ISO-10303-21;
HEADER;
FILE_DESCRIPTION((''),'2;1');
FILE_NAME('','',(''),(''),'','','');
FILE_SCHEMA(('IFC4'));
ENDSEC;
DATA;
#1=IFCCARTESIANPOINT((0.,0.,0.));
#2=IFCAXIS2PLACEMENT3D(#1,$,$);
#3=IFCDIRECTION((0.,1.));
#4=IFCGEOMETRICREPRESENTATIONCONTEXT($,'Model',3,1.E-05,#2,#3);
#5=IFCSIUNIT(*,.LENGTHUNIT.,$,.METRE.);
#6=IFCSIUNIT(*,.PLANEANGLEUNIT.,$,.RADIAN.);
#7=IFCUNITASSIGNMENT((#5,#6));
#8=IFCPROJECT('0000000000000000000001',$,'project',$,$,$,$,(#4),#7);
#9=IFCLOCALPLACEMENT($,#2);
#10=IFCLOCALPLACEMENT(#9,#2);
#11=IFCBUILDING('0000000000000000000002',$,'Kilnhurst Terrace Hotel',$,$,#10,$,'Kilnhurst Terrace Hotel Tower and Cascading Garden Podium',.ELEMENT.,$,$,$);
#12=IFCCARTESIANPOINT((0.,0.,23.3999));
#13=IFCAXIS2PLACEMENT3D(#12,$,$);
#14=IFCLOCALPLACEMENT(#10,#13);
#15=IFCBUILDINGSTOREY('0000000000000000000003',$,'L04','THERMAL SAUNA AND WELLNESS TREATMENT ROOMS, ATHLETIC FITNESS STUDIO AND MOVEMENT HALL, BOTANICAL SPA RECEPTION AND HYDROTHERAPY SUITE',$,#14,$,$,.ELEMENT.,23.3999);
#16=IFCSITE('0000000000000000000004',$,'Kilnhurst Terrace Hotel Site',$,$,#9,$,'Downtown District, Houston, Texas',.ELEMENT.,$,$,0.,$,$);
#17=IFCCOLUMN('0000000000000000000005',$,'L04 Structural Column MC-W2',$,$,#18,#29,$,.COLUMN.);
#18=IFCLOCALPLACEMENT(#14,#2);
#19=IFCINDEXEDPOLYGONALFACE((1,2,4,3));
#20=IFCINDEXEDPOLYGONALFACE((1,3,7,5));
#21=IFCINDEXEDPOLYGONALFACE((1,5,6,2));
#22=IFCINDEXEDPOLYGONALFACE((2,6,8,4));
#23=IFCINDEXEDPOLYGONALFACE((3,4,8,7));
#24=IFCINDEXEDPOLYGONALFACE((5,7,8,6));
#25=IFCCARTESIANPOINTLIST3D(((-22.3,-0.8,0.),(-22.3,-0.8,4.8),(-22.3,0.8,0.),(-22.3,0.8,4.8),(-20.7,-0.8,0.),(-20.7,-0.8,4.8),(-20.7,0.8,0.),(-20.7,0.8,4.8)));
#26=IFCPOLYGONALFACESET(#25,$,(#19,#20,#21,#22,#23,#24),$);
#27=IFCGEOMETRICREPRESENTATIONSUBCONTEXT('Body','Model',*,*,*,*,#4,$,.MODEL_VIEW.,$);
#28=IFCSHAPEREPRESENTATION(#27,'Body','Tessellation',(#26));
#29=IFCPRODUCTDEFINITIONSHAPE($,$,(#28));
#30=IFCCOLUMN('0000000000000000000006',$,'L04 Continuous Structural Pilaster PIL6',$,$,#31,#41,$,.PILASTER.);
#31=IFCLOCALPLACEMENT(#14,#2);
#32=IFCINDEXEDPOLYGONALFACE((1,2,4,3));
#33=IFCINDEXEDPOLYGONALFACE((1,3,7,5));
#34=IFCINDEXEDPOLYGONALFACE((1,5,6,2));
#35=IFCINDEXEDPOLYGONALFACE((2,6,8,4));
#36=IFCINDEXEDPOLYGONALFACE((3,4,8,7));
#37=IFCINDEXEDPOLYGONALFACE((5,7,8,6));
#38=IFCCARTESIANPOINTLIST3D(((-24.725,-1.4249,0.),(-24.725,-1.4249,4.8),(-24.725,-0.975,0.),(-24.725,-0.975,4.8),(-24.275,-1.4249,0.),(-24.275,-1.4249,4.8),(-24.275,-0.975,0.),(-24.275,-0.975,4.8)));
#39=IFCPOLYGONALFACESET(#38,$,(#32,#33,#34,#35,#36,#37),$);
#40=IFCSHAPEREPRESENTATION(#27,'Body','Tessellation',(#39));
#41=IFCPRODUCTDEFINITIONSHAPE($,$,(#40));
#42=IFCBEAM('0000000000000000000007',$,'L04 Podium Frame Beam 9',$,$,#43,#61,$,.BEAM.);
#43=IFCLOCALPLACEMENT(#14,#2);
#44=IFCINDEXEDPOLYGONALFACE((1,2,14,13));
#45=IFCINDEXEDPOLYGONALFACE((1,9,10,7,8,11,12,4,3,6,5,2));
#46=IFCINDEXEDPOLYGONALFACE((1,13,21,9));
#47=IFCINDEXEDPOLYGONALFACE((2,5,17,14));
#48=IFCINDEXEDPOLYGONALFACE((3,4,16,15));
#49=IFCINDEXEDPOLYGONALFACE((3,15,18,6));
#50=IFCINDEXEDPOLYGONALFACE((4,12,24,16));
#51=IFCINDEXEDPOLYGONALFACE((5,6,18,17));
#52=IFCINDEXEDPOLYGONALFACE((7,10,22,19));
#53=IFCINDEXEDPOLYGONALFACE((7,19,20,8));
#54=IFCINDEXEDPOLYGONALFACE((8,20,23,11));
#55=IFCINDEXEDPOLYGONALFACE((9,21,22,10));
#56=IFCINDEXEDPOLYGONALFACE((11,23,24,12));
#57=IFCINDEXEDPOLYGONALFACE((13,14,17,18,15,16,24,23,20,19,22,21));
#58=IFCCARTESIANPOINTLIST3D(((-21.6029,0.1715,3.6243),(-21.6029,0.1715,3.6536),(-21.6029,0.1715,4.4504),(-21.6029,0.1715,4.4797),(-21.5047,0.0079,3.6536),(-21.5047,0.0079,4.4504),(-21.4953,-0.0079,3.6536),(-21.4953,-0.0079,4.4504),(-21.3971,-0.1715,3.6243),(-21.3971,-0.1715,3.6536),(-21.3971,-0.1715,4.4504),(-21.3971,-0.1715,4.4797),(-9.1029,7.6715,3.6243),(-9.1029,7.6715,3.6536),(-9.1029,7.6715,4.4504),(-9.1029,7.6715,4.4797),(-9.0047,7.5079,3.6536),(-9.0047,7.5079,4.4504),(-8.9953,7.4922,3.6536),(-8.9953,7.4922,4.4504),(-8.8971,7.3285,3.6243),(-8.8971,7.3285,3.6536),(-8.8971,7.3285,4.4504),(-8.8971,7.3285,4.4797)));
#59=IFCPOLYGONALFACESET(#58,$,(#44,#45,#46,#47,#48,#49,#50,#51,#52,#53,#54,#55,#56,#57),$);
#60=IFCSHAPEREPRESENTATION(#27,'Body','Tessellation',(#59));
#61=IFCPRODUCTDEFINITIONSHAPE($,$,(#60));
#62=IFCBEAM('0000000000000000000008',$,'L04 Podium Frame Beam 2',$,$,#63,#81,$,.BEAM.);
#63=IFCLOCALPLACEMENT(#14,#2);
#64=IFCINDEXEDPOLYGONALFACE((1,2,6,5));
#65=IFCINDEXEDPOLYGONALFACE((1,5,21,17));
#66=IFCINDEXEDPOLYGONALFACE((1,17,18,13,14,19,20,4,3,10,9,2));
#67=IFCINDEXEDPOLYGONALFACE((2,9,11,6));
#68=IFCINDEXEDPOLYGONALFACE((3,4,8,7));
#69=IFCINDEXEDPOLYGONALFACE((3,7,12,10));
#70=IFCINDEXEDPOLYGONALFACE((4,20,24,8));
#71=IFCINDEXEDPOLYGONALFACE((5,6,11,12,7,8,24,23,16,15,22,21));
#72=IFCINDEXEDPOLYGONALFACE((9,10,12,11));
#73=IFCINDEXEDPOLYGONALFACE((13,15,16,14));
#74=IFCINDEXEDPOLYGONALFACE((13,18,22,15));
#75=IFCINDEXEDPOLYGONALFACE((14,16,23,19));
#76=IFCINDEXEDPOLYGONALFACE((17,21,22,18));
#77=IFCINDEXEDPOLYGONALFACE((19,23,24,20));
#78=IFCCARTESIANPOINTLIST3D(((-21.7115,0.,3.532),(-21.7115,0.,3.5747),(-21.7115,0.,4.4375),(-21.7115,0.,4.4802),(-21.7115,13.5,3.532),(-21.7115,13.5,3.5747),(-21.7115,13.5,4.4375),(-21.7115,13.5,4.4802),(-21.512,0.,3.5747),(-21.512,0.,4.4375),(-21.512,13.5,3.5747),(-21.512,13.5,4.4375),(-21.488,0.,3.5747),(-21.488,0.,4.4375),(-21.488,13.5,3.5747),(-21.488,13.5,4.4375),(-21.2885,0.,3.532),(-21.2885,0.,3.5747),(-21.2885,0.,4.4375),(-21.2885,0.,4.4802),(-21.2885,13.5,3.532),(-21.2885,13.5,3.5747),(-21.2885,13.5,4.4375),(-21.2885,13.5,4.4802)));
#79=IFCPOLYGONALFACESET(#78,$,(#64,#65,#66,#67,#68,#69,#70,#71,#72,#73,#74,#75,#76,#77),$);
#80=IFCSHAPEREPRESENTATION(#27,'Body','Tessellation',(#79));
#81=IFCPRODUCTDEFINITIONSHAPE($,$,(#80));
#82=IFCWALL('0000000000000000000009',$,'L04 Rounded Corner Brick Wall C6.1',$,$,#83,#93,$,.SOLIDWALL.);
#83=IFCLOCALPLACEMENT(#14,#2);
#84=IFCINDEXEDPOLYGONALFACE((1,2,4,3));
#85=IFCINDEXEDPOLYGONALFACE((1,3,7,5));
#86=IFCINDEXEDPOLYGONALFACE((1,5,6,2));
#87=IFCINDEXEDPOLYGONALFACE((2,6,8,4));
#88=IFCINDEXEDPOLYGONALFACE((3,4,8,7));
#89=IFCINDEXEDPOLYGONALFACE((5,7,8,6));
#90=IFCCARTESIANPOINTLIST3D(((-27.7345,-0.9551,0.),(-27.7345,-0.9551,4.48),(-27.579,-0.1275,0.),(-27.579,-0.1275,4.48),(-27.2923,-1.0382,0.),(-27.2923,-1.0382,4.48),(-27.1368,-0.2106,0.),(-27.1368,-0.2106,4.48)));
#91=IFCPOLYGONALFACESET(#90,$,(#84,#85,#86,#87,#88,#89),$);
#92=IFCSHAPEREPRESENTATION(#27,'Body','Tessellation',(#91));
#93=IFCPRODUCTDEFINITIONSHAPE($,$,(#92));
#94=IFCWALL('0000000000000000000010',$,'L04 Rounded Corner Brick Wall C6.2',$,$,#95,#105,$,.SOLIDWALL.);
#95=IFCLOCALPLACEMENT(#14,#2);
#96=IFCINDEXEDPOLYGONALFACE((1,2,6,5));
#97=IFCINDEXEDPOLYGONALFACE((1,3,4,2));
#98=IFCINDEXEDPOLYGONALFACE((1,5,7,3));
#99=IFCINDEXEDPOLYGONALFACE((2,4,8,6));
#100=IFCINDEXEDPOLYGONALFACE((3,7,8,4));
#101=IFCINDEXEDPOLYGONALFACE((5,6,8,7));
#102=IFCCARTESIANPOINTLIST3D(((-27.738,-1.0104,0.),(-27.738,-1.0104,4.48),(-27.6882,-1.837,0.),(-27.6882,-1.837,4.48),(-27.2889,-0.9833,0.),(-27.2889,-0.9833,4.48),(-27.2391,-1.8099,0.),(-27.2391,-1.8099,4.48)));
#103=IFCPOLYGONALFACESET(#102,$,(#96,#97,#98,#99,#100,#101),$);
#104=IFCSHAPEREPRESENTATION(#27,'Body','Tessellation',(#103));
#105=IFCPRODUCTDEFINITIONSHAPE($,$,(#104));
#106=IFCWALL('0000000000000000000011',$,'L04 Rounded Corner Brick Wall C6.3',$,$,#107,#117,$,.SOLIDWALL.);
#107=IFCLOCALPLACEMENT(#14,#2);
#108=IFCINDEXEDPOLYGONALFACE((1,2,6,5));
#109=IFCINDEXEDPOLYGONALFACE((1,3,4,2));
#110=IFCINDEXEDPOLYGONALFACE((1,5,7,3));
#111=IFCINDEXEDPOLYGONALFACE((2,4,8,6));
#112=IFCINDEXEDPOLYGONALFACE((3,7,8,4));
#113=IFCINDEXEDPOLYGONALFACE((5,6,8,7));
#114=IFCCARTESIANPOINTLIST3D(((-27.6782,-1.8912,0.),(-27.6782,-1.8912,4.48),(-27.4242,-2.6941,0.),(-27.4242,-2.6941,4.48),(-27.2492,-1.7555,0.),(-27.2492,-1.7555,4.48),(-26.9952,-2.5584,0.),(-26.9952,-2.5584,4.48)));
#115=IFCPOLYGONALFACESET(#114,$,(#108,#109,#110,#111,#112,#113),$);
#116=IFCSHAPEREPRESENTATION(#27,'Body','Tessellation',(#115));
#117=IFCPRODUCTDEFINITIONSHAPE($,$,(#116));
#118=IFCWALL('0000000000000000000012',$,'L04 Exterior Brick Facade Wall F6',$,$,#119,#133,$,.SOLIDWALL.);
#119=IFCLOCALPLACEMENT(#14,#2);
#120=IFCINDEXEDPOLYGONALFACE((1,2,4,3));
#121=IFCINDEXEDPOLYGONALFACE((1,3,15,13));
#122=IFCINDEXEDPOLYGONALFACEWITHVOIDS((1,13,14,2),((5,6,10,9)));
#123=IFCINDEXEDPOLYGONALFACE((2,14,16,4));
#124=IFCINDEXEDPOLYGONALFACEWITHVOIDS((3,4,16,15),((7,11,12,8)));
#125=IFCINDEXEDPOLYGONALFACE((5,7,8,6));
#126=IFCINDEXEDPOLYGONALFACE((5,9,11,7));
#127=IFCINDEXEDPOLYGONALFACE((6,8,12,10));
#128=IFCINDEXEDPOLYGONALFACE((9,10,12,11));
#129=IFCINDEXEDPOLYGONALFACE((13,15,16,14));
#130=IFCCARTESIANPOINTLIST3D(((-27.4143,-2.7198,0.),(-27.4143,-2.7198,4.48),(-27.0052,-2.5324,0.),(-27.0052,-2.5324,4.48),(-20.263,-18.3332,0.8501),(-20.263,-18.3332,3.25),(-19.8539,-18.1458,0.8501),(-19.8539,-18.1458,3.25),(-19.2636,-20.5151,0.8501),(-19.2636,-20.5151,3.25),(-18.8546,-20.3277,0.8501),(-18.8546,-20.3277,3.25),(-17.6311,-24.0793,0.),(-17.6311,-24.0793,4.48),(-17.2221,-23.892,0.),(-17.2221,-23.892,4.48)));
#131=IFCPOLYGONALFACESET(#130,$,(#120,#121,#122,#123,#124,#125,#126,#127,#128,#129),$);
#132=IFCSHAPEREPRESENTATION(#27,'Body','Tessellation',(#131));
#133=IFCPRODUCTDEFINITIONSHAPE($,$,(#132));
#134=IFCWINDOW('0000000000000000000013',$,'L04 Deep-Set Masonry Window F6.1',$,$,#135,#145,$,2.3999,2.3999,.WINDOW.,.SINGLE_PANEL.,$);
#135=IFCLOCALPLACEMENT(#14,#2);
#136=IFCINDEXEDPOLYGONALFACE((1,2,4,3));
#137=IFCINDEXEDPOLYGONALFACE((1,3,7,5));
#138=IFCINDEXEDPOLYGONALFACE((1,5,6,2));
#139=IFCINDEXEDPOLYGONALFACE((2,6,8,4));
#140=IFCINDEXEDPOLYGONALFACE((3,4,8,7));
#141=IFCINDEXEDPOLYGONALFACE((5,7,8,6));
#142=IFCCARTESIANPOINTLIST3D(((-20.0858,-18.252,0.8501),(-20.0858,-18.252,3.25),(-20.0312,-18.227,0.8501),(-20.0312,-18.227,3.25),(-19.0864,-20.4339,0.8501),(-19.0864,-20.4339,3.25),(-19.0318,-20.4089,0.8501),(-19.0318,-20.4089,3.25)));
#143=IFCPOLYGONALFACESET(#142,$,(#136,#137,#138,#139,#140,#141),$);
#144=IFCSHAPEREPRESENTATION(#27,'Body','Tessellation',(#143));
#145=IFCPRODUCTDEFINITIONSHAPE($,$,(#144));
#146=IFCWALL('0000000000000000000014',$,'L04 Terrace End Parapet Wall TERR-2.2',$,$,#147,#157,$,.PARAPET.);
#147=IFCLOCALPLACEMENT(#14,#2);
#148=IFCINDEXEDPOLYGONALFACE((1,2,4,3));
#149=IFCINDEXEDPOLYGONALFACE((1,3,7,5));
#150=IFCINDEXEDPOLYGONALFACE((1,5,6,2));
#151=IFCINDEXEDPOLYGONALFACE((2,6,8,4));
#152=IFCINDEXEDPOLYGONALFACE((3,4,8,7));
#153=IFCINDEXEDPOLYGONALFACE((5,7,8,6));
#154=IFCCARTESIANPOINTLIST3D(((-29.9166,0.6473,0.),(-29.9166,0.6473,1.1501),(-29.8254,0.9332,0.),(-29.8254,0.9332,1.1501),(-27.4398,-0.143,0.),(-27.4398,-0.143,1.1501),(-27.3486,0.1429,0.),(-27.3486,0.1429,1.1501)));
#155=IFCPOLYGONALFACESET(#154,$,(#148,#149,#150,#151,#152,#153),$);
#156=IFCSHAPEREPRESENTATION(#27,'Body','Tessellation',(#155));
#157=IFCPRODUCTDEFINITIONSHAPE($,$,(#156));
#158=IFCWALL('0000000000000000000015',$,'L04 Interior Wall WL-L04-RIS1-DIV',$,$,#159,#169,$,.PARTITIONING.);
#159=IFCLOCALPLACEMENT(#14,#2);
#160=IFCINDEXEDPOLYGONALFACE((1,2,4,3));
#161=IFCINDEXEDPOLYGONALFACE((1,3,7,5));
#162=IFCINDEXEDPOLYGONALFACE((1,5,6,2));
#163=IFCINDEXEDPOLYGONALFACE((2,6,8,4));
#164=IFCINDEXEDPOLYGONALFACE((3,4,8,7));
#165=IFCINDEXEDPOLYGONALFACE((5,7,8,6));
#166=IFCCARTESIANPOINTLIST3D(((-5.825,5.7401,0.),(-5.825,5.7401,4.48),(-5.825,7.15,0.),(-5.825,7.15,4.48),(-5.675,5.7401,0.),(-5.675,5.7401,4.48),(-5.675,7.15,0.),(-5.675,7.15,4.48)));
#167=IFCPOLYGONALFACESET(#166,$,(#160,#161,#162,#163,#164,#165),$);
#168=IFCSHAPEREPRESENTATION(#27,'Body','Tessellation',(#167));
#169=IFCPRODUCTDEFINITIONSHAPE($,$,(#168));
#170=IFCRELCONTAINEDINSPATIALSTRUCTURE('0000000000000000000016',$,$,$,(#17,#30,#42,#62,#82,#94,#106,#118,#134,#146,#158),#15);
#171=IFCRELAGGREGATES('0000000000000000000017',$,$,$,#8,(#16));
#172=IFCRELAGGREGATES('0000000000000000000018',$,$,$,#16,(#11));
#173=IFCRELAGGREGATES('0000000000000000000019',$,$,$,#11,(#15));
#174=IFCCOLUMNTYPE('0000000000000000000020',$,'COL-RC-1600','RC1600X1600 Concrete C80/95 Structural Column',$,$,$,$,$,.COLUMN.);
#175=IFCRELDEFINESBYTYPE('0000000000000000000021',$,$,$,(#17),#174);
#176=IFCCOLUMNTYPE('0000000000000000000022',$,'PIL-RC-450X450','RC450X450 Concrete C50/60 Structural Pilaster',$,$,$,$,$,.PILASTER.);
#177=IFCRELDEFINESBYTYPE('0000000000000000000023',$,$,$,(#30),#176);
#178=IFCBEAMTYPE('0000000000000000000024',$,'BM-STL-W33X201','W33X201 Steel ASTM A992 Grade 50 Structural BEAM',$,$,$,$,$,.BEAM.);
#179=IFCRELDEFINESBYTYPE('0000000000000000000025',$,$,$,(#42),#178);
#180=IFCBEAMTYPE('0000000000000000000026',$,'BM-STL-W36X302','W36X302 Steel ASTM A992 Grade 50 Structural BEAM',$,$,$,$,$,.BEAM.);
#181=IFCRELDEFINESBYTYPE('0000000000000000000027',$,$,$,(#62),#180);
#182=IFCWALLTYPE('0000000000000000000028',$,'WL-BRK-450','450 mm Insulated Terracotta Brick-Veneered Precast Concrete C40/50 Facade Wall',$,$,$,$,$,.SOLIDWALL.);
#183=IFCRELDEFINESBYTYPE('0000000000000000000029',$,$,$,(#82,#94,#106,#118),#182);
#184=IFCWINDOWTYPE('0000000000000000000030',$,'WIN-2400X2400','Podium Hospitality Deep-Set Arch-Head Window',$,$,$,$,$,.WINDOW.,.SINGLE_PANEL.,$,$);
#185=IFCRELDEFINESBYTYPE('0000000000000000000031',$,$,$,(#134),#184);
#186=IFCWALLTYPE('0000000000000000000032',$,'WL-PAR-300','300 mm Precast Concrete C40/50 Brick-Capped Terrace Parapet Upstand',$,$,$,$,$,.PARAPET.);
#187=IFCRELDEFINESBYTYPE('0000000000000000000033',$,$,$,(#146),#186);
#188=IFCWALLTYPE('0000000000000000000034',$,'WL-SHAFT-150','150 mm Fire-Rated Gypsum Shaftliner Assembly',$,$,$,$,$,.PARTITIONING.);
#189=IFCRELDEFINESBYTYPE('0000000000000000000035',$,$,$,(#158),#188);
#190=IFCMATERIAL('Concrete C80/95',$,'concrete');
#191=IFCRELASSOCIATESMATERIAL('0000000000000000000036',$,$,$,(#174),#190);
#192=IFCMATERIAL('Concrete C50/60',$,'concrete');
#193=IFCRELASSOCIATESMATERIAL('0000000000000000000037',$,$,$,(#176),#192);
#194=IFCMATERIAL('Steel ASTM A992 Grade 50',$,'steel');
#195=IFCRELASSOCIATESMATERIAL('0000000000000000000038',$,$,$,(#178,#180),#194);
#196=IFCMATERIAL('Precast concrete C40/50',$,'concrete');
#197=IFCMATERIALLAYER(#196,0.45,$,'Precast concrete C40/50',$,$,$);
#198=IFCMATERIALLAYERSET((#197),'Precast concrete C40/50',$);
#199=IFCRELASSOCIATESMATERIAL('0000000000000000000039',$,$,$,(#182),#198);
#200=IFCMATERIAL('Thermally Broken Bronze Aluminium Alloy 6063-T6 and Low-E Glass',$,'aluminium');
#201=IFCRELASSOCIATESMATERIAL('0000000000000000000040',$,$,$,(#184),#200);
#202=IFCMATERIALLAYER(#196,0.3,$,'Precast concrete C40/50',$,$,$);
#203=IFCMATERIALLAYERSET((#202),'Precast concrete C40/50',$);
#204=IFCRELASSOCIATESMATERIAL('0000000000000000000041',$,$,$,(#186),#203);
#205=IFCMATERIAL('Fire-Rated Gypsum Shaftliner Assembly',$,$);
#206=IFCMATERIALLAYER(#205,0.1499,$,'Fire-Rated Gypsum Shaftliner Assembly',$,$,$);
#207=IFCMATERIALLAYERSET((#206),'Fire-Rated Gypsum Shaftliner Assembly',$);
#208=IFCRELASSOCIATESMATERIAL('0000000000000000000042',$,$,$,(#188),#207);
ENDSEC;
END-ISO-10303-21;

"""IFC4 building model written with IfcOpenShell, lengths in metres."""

from ifc_helpers import new_model, si_unit, direction, frame, frame_2d, origin, origin_2d, place, context, subcontext, project, spatial, rectangle, i_section, extrude, material, layer, layer_set, material_profile, profile_set, type_object, element, fill, save


model = new_model("IFC4")

# Units and contexts
model_context = context("Model", 3, precision=1e-05, world=origin(), true_north=direction((0.0, 1.0)))
body_context = subcontext(model_context, "Body", "Model", "MODEL_VIEW")
ifc_project = project(units=[si_unit("LENGTHUNIT", "METRE"), si_unit("PLANEANGLEUNIT", "RADIAN")], contexts=[model_context])

# Site, building, storey
site_placement = place(None, origin())
site = spatial("IfcSite", under=ifc_project, at=site_placement, Name="Kilnhurst Terrace Hotel Site", LongName="Downtown District, Houston, Texas", CompositionType="ELEMENT", RefElevation=0.0)
building_placement = place(site_placement, origin())
building = spatial("IfcBuilding", under=site, at=building_placement, Name="Kilnhurst Terrace Hotel", LongName="Kilnhurst Terrace Hotel Tower and Cascading Garden Podium", CompositionType="ELEMENT")
storey_placement = place(building_placement, frame((0.0, 0.0, 23.3999)))
storey = spatial("IfcBuildingStorey", under=building, at=storey_placement, Name="L04", Description="THERMAL SAUNA AND WELLNESS TREATMENT ROOMS, ATHLETIC FITNESS STUDIO AND MOVEMENT HALL, BOTANICAL SPA RECEPTION AND HYDROTHERAPY SUITE", CompositionType="ELEMENT", Elevation=23.3999)

# Columns
ifc_material_1 = material(Name="Concrete C80/95", Category="concrete")
ifc_material_profile_1 = material_profile(ifc_material_1, rectangle(XDim=1.6001, YDim=1.6001, at=origin_2d()), Name="RC1600X1600")
ifc_profile_set_1 = profile_set([ifc_material_profile_1], Name="Concrete C80/95")
column_type_1 = type_object("IfcColumnType", Name="COL-RC-1600", Description="RC1600X1600 Concrete C80/95 Structural Column", PredefinedType="COLUMN", material=ifc_profile_set_1)
column_1_placement = place(storey_placement, frame((-21.5, 0.0, 0.0), z_axis=(0.0, 0.0, 1.0), x_axis=(1.0, 0.0, 0.0)))
element("IfcColumn", 1, at=column_1_placement, inside=storey, type_object=column_type_1, Name="L04 Structural Column MC-W2", PredefinedType="COLUMN", context=body_context, shape_type="SweptSolid", body=[
    extrude(rectangle(XDim=1.6001, YDim=1.6001, at=origin_2d()), origin(), (0.0, 0.0, 1.0), 4.8),
])
ifc_material_2 = material(Name="Concrete C50/60", Category="concrete")
ifc_material_profile_2 = material_profile(ifc_material_2, rectangle(XDim=0.45, YDim=0.45, at=origin_2d()), Name="RC450X450")
ifc_profile_set_2 = profile_set([ifc_material_profile_2], Name="Concrete C50/60")
column_type_2 = type_object("IfcColumnType", Name="PIL-RC-450X450", Description="RC450X450 Concrete C50/60 Structural Pilaster", PredefinedType="PILASTER", material=ifc_profile_set_2)
column_2_placement = place(storey_placement, frame((-24.5, -1.2, 0.0), z_axis=(0.0, 0.0, 1.0), x_axis=(1.0, 0.0, 0.0)))
element("IfcColumn", 2, at=column_2_placement, inside=storey, type_object=column_type_2, Name="L04 Continuous Structural Pilaster PIL6", PredefinedType="PILASTER", context=body_context, shape_type="SweptSolid", body=[
    extrude(rectangle(XDim=0.45, YDim=0.45, at=origin_2d()), origin(), (0.0, 0.0, 1.0), 4.8),
])

# Beams
ifc_material_3 = material(Name="Steel ASTM A992 Grade 50", Category="steel")
ifc_material_profile_3 = material_profile(ifc_material_3, i_section(OverallWidth=0.3999, OverallDepth=0.8555, WebThickness=0.0183, FlangeThickness=0.0293, at=origin_2d()), Name="W33X201")
ifc_profile_set_3 = profile_set([ifc_material_profile_3], Name="Steel ASTM A992 Grade 50")
beam_type_1 = type_object("IfcBeamType", Name="BM-STL-W33X201", Description="W33X201 Steel ASTM A992 Grade 50 Structural BEAM", PredefinedType="BEAM", material=ifc_profile_set_3)
beam_1_placement = place(storey_placement, frame((-21.5, 0.0, 4.052), z_axis=(0.857493, 0.514496, 0.0), x_axis=(-0.514496, 0.857493, 0.0)))
element("IfcBeam", 3, at=beam_1_placement, inside=storey, type_object=beam_type_1, Name="L04 Podium Frame Beam 9", PredefinedType="BEAM", context=body_context, shape_type="SweptSolid", body=[
    extrude(i_section(OverallWidth=0.3999, OverallDepth=0.8555, WebThickness=0.0183, FlangeThickness=0.0293, at=origin_2d()), origin(), (0.0, 0.0, 1.0), 14.5774),
])
ifc_material_profile_4 = material_profile(ifc_material_3, i_section(OverallWidth=0.4231, OverallDepth=0.9482, WebThickness=0.0239, FlangeThickness=0.0427, at=origin_2d()), Name="W36X302")
ifc_profile_set_4 = profile_set([ifc_material_profile_4], Name="Steel ASTM A992 Grade 50")
beam_type_2 = type_object("IfcBeamType", Name="BM-STL-W36X302", Description="W36X302 Steel ASTM A992 Grade 50 Structural BEAM", PredefinedType="BEAM", material=ifc_profile_set_4)
beam_2_placement = place(storey_placement, frame((-21.5, 0.0, 4.0061), z_axis=(0.0, 1.0, 0.0), x_axis=(-1.0, 0.0, 0.0)))
element("IfcBeam", 4, at=beam_2_placement, inside=storey, type_object=beam_type_2, Name="L04 Podium Frame Beam 2", PredefinedType="BEAM", context=body_context, shape_type="SweptSolid", body=[
    extrude(i_section(OverallWidth=0.4231, OverallDepth=0.9482, WebThickness=0.0239, FlangeThickness=0.0427, at=origin_2d()), origin(), (0.0, 0.0, 1.0), 13.5),
])

# Walls
ifc_material_4 = material(Name="Precast concrete C40/50", Category="concrete")
ifc_layer_1 = layer(ifc_material_4, 0.45, Name="Precast concrete C40/50")
ifc_layer_set_1 = layer_set([ifc_layer_1], Name="Precast concrete C40/50")
wall_type_1 = type_object("IfcWallType", Name="WL-BRK-450", Description="450 mm Insulated Terracotta Brick-Veneered Precast Concrete C40/50 Facade Wall", PredefinedType="SOLIDWALL", material=ifc_layer_set_1)
wall_1_placement = place(storey_placement, frame((-27.3579, -0.1692, 0.0), z_axis=(0.0, 0.0, 1.0), x_axis=(-0.184674, -0.9828, 0.0)))
element("IfcWall", 5, at=wall_1_placement, inside=storey, type_object=wall_type_1, Name="L04 Rounded Corner Brick Wall C6.1", PredefinedType="SOLIDWALL", context=body_context, shape_type="SweptSolid", body=[
    extrude(rectangle(XDim=0.842, YDim=0.45, at=frame_2d((0.4209, 0.0))), origin(), (0.0, 0.0, 1.0), 4.48),
])
wall_2_placement = place(storey_placement, frame((-27.5134, -0.9968, 0.0), z_axis=(0.0, 0.0, 1.0), x_axis=(0.060139, -0.99819, 0.0)))
element("IfcWall", 6, at=wall_2_placement, inside=storey, type_object=wall_type_1, Name="L04 Rounded Corner Brick Wall C6.2", PredefinedType="SOLIDWALL", context=body_context, shape_type="SweptSolid", body=[
    extrude(rectangle(XDim=0.8281, YDim=0.45, at=frame_2d((0.4141, 0.0))), origin(), (0.0, 0.0, 1.0), 4.48),
])
wall_3_placement = place(storey_placement, frame((-27.4636, -1.8235, 0.0), z_axis=(0.0, 0.0, 1.0), x_axis=(0.301575, -0.953442, 0.0)))
element("IfcWall", 7, at=wall_3_placement, inside=storey, type_object=wall_type_1, Name="L04 Rounded Corner Brick Wall C6.3", PredefinedType="SOLIDWALL", context=body_context, shape_type="SweptSolid", body=[
    extrude(rectangle(XDim=0.842, YDim=0.45, at=frame_2d((0.4209, 0.0))), origin(), (0.0, 0.0, 1.0), 4.48),
])

# Wall, opening, window
wall_4_placement = place(storey_placement, frame((-27.2097, -2.6262, 0.0), z_axis=(0.0, 0.0, 1.0), x_axis=(0.416422, -0.909172, 0.0)))
wall_4 = element("IfcWall", 8, at=wall_4_placement, inside=storey, type_object=wall_type_1, Name="L04 Exterior Brick Facade Wall F6", PredefinedType="SOLIDWALL", context=body_context, shape_type="SweptSolid", body=[
    extrude(rectangle(XDim=23.4934, YDim=0.45, at=frame_2d((11.7466, 0.0))), origin(), (0.0, 0.0, 1.0), 4.48),
])
opening_1_placement = place(wall_4_placement, frame((17.1731, 0.0, 0.8501)))
opening_1 = element("IfcOpeningElement", 9, at=opening_1_placement, cuts=wall_4, PredefinedType="OPENING", context=body_context, shape_type="SweptSolid", body=[
    extrude(rectangle(XDim=2.3999, YDim=2.3999, at=frame_2d((1.2, 1.2))), frame((0.0, 0.2349, 0.0), z_axis=(0.0, -1.0, 0.0), x_axis=(1.0, 0.0, 0.0)), (0.0, 0.0, 1.0), 0.47),
])
ifc_material_5 = material(Name="Thermally Broken Bronze Aluminium Alloy 6063-T6 and Low-E Glass", Category="aluminium")
window_type = type_object("IfcWindowType", Name="WIN-2400X2400", Description="Podium Hospitality Deep-Set Arch-Head Window", PartitioningType="SINGLE_PANEL", PredefinedType="WINDOW", material=ifc_material_5)
window_placement = place(opening_1_placement, origin())
window = element("IfcWindow", 10, at=window_placement, inside=storey, type_object=window_type, Name="L04 Deep-Set Masonry Window F6.1", OverallHeight=2.3999, OverallWidth=2.3999, PartitioningType="SINGLE_PANEL", PredefinedType="WINDOW", context=body_context, shape_type="SweptSolid", body=[
    extrude(rectangle(XDim=2.3999, YDim=2.3999, at=frame_2d((1.2, 1.2))), frame((0.0, 0.03, 0.0), z_axis=(0.0, -1.0, 0.0), x_axis=(1.0, 0.0, 0.0)), (0.0, 0.0, 1.0), 0.0601),
])
fill(opening_1, window)

# Walls
ifc_layer_2 = layer(ifc_material_4, 0.3, Name="Precast concrete C40/50")
ifc_layer_set_2 = layer_set([ifc_layer_2], Name="Precast concrete C40/50")
wall_type_2 = type_object("IfcWallType", Name="WL-PAR-300", Description="300 mm Precast Concrete C40/50 Brick-Capped Terrace Parapet Upstand", PredefinedType="PARAPET", material=ifc_layer_set_2)
wall_5_placement = place(storey_placement, frame((-27.3943, 0.0, 0.0), z_axis=(0.0, 0.0, 1.0), x_axis=(-0.95268, 0.303975, 0.0)))
element("IfcWall", 11, at=wall_5_placement, inside=storey, type_object=wall_type_2, Name="L04 Terrace End Parapet Wall TERR-2.2", PredefinedType="PARAPET", context=body_context, shape_type="SweptSolid", body=[
    extrude(rectangle(XDim=2.5999, YDim=0.3, at=frame_2d((1.2998, 0.0))), origin(), (0.0, 0.0, 1.0), 1.1501),
])
ifc_material_6 = material(Name="Fire-Rated Gypsum Shaftliner Assembly")
ifc_layer_3 = layer(ifc_material_6, 0.1499, Name="Fire-Rated Gypsum Shaftliner Assembly")
ifc_layer_set_3 = layer_set([ifc_layer_3], Name="Fire-Rated Gypsum Shaftliner Assembly")
wall_type_3 = type_object("IfcWallType", Name="WL-SHAFT-150", Description="150 mm Fire-Rated Gypsum Shaftliner Assembly", PredefinedType="PARTITIONING", material=ifc_layer_set_3)
wall_6_placement = place(storey_placement, frame((-5.75, 5.74, 0.0), z_axis=(0.0, 0.0, 1.0), x_axis=(0.0, 1.0, 0.0)))
element("IfcWall", 12, at=wall_6_placement, inside=storey, type_object=wall_type_3, Name="L04 Interior Wall WL-L04-RIS1-DIV", PredefinedType="PARTITIONING", context=body_context, shape_type="SweptSolid", body=[
    extrude(rectangle(XDim=1.4099, YDim=0.1499, at=frame_2d((0.7051, 0.0))), origin(), (0.0, 0.0, 1.0), 4.48),
])

save(model, "model.ifc")
